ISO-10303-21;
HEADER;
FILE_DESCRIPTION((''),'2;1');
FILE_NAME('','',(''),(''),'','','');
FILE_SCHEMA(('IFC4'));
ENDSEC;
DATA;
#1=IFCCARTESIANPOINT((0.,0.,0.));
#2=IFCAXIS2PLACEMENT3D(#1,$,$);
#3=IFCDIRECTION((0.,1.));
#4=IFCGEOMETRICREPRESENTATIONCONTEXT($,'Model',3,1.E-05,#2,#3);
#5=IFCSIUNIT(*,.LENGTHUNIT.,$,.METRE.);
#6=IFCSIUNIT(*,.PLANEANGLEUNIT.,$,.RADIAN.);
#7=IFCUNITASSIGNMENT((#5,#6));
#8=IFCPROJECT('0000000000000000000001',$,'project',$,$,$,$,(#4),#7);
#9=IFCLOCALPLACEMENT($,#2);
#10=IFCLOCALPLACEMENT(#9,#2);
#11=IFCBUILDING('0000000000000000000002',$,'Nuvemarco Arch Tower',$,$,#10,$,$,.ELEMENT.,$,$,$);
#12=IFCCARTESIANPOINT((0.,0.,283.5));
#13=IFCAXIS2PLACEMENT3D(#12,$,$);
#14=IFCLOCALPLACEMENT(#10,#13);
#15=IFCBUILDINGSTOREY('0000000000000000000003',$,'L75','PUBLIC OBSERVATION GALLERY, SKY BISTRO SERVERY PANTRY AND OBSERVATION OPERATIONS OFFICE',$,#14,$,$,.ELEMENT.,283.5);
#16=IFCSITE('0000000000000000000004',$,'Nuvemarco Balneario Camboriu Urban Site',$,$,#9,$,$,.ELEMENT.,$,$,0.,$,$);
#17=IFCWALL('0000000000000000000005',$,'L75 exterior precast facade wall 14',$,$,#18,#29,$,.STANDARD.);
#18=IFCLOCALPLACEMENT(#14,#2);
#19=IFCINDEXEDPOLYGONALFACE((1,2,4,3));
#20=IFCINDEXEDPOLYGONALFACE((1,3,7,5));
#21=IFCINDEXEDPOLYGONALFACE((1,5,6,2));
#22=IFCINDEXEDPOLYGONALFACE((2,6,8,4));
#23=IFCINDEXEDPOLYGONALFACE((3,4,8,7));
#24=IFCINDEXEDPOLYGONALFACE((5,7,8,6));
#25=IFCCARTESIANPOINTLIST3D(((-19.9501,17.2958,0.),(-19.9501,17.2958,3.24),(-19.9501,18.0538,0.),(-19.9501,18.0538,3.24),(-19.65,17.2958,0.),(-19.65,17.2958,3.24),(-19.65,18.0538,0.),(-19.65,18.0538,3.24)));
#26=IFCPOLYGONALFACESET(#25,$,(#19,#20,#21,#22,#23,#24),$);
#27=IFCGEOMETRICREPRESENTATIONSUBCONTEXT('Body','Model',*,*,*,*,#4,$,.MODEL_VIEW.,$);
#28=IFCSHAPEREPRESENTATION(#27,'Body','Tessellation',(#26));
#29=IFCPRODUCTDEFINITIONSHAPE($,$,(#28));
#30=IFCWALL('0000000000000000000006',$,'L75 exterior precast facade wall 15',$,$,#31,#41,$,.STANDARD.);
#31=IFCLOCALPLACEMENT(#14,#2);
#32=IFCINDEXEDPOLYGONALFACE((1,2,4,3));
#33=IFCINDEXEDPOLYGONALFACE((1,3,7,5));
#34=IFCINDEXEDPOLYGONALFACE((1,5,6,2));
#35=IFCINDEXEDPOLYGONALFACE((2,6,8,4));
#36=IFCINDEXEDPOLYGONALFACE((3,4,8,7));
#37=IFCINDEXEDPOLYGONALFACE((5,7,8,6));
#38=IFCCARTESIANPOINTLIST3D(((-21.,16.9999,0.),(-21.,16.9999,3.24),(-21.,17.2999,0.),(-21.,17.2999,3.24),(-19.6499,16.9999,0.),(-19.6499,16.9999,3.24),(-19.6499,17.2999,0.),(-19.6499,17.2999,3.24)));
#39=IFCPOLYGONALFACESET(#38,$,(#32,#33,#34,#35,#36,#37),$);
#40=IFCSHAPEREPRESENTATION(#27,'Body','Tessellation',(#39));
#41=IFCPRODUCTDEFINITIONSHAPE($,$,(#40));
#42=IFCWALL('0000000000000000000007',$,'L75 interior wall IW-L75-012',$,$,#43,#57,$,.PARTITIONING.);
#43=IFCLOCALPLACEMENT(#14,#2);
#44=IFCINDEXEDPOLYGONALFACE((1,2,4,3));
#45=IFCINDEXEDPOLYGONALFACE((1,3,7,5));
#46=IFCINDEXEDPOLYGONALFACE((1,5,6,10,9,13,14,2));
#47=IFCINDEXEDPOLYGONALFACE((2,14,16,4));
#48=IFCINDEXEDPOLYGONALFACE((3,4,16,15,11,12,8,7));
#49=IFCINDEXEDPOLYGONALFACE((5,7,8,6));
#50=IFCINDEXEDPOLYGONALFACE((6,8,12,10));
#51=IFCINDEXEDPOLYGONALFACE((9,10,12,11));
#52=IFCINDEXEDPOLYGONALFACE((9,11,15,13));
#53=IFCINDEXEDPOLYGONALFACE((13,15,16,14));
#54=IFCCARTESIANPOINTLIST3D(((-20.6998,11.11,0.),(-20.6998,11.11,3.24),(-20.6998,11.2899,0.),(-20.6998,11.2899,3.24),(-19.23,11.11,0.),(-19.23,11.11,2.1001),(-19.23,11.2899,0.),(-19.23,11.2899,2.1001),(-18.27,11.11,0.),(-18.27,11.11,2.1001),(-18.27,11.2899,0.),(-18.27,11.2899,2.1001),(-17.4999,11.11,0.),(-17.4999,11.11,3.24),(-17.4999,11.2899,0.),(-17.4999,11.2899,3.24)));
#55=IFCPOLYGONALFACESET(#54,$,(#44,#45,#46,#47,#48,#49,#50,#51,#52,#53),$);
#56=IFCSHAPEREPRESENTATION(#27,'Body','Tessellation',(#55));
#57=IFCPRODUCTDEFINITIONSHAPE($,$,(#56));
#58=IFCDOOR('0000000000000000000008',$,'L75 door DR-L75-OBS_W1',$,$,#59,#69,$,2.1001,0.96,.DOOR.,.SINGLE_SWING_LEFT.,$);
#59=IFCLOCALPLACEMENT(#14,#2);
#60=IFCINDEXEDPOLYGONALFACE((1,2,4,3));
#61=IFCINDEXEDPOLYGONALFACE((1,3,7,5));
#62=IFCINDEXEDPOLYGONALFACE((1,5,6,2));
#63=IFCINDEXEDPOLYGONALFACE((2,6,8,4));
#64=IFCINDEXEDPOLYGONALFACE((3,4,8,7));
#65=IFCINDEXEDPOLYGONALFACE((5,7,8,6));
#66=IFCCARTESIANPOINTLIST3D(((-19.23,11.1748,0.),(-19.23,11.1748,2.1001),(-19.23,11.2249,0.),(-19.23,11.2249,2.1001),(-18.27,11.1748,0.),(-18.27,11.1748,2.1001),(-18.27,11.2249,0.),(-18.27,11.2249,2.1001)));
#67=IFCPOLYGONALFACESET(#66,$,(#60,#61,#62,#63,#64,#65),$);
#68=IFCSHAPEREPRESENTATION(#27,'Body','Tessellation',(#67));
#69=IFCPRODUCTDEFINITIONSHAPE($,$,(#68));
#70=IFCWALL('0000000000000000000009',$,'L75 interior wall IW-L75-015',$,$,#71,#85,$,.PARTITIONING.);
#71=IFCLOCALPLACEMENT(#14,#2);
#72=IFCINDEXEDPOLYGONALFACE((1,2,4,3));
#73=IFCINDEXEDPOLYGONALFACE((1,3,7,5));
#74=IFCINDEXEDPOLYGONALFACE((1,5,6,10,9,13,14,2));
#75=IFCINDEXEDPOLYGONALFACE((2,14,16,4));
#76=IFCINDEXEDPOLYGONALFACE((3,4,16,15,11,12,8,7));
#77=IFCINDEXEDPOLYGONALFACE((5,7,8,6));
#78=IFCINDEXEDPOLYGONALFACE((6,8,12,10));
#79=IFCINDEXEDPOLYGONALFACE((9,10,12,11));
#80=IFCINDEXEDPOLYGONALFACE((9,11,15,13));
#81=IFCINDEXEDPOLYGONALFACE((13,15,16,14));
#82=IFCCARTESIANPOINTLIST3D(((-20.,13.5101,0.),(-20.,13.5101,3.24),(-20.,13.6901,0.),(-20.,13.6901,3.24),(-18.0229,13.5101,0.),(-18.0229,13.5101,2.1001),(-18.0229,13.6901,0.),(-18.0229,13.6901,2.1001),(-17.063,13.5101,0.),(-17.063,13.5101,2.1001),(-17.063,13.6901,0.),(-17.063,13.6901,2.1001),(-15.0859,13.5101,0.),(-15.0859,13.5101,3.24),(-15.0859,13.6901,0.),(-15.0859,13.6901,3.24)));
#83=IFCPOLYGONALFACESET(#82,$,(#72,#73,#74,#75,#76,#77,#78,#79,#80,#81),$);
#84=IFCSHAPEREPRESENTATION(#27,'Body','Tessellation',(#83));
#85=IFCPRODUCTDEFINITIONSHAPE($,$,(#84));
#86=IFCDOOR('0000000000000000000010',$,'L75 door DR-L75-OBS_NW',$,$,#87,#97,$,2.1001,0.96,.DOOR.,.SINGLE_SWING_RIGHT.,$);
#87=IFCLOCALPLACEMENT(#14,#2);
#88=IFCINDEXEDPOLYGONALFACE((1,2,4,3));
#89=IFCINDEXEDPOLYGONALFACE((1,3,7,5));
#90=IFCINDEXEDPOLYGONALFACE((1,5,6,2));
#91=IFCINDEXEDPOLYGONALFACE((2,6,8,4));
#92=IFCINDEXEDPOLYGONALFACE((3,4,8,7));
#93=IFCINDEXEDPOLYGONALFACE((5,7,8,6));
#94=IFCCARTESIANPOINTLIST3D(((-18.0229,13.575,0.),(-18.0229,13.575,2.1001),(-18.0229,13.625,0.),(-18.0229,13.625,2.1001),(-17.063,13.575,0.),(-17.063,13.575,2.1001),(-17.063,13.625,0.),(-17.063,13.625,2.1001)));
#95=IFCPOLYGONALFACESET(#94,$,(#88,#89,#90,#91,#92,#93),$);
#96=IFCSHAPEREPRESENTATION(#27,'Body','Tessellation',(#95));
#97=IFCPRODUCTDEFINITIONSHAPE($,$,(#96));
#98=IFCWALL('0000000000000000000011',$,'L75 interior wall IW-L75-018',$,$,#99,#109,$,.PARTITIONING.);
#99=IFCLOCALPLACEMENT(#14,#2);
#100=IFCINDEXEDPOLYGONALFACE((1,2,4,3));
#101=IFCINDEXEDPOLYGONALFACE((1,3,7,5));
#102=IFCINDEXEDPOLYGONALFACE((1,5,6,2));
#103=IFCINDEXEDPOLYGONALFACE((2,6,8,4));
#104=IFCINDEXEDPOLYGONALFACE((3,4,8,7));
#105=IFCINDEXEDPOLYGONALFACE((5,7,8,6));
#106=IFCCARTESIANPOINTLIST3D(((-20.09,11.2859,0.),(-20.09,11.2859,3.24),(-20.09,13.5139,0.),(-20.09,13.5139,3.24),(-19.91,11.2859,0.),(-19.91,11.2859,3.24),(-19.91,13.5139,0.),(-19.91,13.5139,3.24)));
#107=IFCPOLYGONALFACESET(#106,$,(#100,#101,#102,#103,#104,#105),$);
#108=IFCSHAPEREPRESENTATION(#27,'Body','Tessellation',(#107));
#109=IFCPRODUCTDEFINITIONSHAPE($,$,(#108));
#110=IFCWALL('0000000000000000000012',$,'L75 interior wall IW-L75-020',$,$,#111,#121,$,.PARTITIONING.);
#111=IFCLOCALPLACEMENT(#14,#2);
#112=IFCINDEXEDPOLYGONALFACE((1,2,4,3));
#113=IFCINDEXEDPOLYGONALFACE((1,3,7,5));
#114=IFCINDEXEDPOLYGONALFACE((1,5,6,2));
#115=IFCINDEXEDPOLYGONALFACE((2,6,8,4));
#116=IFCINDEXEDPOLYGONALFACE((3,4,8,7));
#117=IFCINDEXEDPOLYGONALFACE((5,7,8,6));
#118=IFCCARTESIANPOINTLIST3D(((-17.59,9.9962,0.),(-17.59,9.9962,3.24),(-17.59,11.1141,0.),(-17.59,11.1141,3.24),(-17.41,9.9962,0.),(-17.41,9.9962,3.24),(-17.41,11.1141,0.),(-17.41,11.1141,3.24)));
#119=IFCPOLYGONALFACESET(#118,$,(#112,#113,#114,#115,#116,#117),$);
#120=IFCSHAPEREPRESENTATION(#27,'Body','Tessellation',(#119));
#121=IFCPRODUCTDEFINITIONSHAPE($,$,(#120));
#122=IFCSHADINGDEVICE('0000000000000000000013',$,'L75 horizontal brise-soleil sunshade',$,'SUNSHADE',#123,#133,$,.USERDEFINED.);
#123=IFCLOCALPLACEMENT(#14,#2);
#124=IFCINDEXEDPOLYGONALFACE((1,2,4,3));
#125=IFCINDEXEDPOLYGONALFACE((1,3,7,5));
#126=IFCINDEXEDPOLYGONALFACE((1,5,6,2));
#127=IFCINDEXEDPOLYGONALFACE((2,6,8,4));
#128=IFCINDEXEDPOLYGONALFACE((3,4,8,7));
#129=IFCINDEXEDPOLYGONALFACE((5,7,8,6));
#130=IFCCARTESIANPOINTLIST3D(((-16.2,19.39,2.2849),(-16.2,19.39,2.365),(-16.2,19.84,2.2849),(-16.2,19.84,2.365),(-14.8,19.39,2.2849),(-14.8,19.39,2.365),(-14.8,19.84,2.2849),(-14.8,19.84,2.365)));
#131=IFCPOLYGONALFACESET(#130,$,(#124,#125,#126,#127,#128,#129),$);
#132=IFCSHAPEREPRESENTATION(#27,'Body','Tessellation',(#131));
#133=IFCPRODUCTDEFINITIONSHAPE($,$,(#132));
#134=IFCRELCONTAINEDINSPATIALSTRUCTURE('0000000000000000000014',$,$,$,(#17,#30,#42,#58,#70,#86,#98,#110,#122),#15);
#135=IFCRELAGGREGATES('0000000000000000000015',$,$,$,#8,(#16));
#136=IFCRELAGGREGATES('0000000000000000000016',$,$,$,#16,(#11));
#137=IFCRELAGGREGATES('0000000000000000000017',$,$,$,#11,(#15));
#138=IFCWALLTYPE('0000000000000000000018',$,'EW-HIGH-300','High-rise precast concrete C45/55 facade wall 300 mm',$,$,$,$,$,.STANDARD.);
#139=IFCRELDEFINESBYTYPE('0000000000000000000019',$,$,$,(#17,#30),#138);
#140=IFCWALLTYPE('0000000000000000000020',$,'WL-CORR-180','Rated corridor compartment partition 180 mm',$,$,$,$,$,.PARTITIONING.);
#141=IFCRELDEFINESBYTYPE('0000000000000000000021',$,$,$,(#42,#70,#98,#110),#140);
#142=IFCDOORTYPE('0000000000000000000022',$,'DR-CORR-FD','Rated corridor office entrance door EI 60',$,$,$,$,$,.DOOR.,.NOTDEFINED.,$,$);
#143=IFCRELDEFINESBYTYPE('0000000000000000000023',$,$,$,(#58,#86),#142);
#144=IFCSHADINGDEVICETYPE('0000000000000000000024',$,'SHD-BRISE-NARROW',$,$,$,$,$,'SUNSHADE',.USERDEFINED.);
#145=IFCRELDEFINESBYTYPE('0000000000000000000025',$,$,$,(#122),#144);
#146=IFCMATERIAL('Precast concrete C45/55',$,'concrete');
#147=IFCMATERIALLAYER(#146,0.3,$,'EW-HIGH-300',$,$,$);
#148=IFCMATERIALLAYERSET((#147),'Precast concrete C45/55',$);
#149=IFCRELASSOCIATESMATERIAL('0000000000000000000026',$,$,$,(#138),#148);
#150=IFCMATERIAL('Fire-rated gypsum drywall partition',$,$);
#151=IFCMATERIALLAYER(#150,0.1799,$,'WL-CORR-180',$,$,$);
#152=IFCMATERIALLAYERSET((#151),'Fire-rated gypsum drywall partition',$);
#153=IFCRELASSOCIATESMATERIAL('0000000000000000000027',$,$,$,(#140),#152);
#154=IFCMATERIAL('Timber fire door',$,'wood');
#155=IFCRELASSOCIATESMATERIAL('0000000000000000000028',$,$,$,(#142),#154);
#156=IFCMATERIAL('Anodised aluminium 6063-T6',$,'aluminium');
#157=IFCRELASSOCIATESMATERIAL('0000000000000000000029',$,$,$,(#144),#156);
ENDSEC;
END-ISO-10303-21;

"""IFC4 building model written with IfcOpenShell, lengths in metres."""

from ifc_helpers import new_model, si_unit, direction, frame, frame_2d, origin, origin_2d, place, context, subcontext, project, spatial, rectangle, extrude, source, transform, mapped, material, layer, layer_set, type_object, type_shapes, element, fill, save


model = new_model("IFC4")

# Units and contexts
model_context = context("Model", 3, precision=1e-05, world=origin(), true_north=direction((0.0, 1.0)))
body_context = subcontext(model_context, "Body", "Model", "MODEL_VIEW")
ifc_project = project(units=[si_unit("LENGTHUNIT", "METRE"), si_unit("PLANEANGLEUNIT", "RADIAN")], contexts=[model_context])

# Site, building, storey
site_placement = place(None, origin())
site = spatial("IfcSite", under=ifc_project, at=site_placement, Name="Nuvemarco Balneario Camboriu Urban Site", CompositionType="ELEMENT", RefElevation=0.0)
building_placement = place(site_placement, origin())
building = spatial("IfcBuilding", under=site, at=building_placement, Name="Nuvemarco Arch Tower", CompositionType="ELEMENT")
storey_placement = place(building_placement, frame((0.0, 0.0, 283.5)))
storey = spatial("IfcBuildingStorey", under=building, at=storey_placement, Name="L75", Description="PUBLIC OBSERVATION GALLERY, SKY BISTRO SERVERY PANTRY AND OBSERVATION OPERATIONS OFFICE", CompositionType="ELEMENT", Elevation=283.5)

# Shared definitions
ifc_material_1 = material(Name="Precast concrete C45/55", Category="concrete")
ifc_layer_1 = layer(ifc_material_1, 0.3, Name="EW-HIGH-300")
ifc_layer_set_1 = layer_set([ifc_layer_1], Name="Precast concrete C45/55")
wall_type_1 = type_object("IfcWallType", Name="EW-HIGH-300", Description="High-rise precast concrete C45/55 facade wall 300 mm", PredefinedType="STANDARD", material=ifc_layer_set_1)

# Walls
wall_1_placement = place(storey_placement, frame((-19.8, 17.2959, 0.0), z_axis=(0.0, 0.0, 1.0), x_axis=(0.0, 1.0, 0.0)))
element("IfcWall", 1, at=wall_1_placement, inside=storey, type_object=wall_type_1, Name="L75 exterior precast facade wall 14", PredefinedType="STANDARD", context=body_context, shape_type="SweptSolid", body=[
    extrude(rectangle(XDim=0.7581, YDim=0.3, at=frame_2d((0.3789, 0.0))), origin(), (0.0, 0.0, 1.0), 3.24),
])
wall_2_placement = place(storey_placement, frame((-21.0, 17.1499, 0.0), z_axis=(0.0, 0.0, 1.0), x_axis=(1.0, 0.0, 0.0)))
element("IfcWall", 2, at=wall_2_placement, inside=storey, type_object=wall_type_1, Name="L75 exterior precast facade wall 15", PredefinedType="STANDARD", context=body_context, shape_type="SweptSolid", body=[
    extrude(rectangle(XDim=1.3501, YDim=0.3, at=frame_2d((0.675, 0.0))), origin(), (0.0, 0.0, 1.0), 3.24),
])

# Walls, openings, doors
ifc_material_2 = material(Name="Fire-rated gypsum drywall partition")
ifc_layer_2 = layer(ifc_material_2, 0.1799, Name="WL-CORR-180")
ifc_layer_set_2 = layer_set([ifc_layer_2], Name="Fire-rated gypsum drywall partition")
wall_type_2 = type_object("IfcWallType", Name="WL-CORR-180", Description="Rated corridor compartment partition 180 mm", PredefinedType="PARTITIONING", material=ifc_layer_set_2)
wall_3_placement = place(storey_placement, frame((-20.7, 11.2, 0.0), z_axis=(0.0, 0.0, 1.0), x_axis=(1.0, 0.0, 0.0)))
wall_3 = element("IfcWall", 3, at=wall_3_placement, inside=storey, type_object=wall_type_2, Name="L75 interior wall IW-L75-012", PredefinedType="PARTITIONING", context=body_context, shape_type="SweptSolid", body=[
    extrude(rectangle(XDim=3.2, YDim=0.1799, at=frame_2d((1.6001, 0.0))), origin(), (0.0, 0.0, 1.0), 3.24),
])
opening_1_placement = place(wall_3_placement, frame((1.47, 0.0, 0.0)))
opening_1 = element("IfcOpeningElement", 4, at=opening_1_placement, cuts=wall_3, PredefinedType="OPENING", context=body_context, shape_type="SweptSolid", body=[
    extrude(rectangle(XDim=0.96, YDim=2.1001, at=frame_2d((0.48, 1.05))), frame((0.0, 0.0999, 0.0), z_axis=(0.0, -1.0, 0.0), x_axis=(1.0, 0.0, 0.0)), (0.0, 0.0, 1.0), 0.2),
])
ifc_material_3 = material(Name="Timber fire door", Category="wood")
door_type_1 = type_object("IfcDoorType", Name="DR-CORR-FD", Description="Rated corridor office entrance door EI 60", OperationType="NOTDEFINED", PredefinedType="DOOR", material=ifc_material_3)
shared_shape_1 = source(origin(), body_context, "Body", "SweptSolid", [
    extrude(rectangle(XDim=0.96, YDim=2.1001, at=frame_2d((0.48, 1.05))), frame((0.0, 0.0249, 0.0), z_axis=(0.0, -1.0, 0.0), x_axis=(1.0, 0.0, 0.0)), (0.0, 0.0, 1.0), 0.05),
])
type_shapes(door_type_1, [shared_shape_1])
door_1_placement = place(opening_1_placement, origin())
door_1 = element("IfcDoor", 5, at=door_1_placement, inside=storey, type_object=door_type_1, Name="L75 door DR-L75-OBS_W1", OperationType="SINGLE_SWING_LEFT", OverallHeight=2.1001, OverallWidth=0.96, PredefinedType="DOOR", context=body_context, shape_type="MappedRepresentation", body=[
    mapped(shared_shape_1, transform((0.0, 0.0, 0.0), scale=1.0)),
])
fill(opening_1, door_1)
wall_4_placement = place(storey_placement, frame((-20.0, 13.6001, 0.0), z_axis=(0.0, 0.0, 1.0), x_axis=(1.0, 0.0, 0.0)))
wall_4 = element("IfcWall", 6, at=wall_4_placement, inside=storey, type_object=wall_type_2, Name="L75 interior wall IW-L75-015", PredefinedType="PARTITIONING", context=body_context, shape_type="SweptSolid", body=[
    extrude(rectangle(XDim=4.9141, YDim=0.1799, at=frame_2d((2.457, 0.0))), origin(), (0.0, 0.0, 1.0), 3.24),
])
opening_2_placement = place(wall_4_placement, frame((1.9771, 0.0, 0.0)))
opening_2 = element("IfcOpeningElement", 7, at=opening_2_placement, cuts=wall_4, PredefinedType="OPENING", context=body_context, shape_type="SweptSolid", body=[
    extrude(rectangle(XDim=0.96, YDim=2.1001, at=frame_2d((0.48, 1.05))), frame((0.0, 0.0999, 0.0), z_axis=(0.0, -1.0, 0.0), x_axis=(1.0, 0.0, 0.0)), (0.0, 0.0, 1.0), 0.2),
])
door_2_placement = place(opening_2_placement, origin())
door_2 = element("IfcDoor", 8, at=door_2_placement, inside=storey, type_object=door_type_1, Name="L75 door DR-L75-OBS_NW", OperationType="SINGLE_SWING_RIGHT", OverallHeight=2.1001, OverallWidth=0.96, PredefinedType="DOOR", context=body_context, shape_type="MappedRepresentation", body=[
    mapped(shared_shape_1, transform((0.0, 0.0, 0.0), scale=1.0)),
])
fill(opening_2, door_2)

# Walls
wall_5_placement = place(storey_placement, frame((-20.0, 11.2859, 0.0), z_axis=(0.0, 0.0, 1.0), x_axis=(0.0, 1.0, 0.0)))
element("IfcWall", 9, at=wall_5_placement, inside=storey, type_object=wall_type_2, Name="L75 interior wall IW-L75-018", PredefinedType="PARTITIONING", context=body_context, shape_type="SweptSolid", body=[
    extrude(rectangle(XDim=2.228, YDim=0.1799, at=frame_2d((1.114, 0.0))), origin(), (0.0, 0.0, 1.0), 3.24),
])
wall_6_placement = place(storey_placement, frame((-17.5, 9.9961, 0.0), z_axis=(0.0, 0.0, 1.0), x_axis=(0.0, 1.0, 0.0)))
element("IfcWall", 10, at=wall_6_placement, inside=storey, type_object=wall_type_2, Name="L75 interior wall IW-L75-020", PredefinedType="PARTITIONING", context=body_context, shape_type="SweptSolid", body=[
    extrude(rectangle(XDim=1.1179, YDim=0.1799, at=frame_2d((0.5591, 0.0))), origin(), (0.0, 0.0, 1.0), 3.24),
])

# Shading device
ifc_material_4 = material(Name="Anodised aluminium 6063-T6", Category="aluminium")
shading_device_type = type_object("IfcShadingDeviceType", Name="SHD-BRISE-NARROW", ElementType="SUNSHADE", PredefinedType="USERDEFINED", material=ifc_material_4)
shared_shape_2 = source(origin(), body_context, "Body", "SweptSolid", [
    extrude(rectangle(XDim=1.3999, YDim=0.45, at=origin_2d()), origin(), (0.0, 0.0, 1.0), 0.0801),
])
type_shapes(shading_device_type, [shared_shape_2])
shading_device_placement = place(storey_placement, frame((-15.5, 19.615, 2.2849), z_axis=(0.0, 0.0, 1.0), x_axis=(1.0, 0.0, 0.0)))
element("IfcShadingDevice", 11, at=shading_device_placement, inside=storey, type_object=shading_device_type, Name="L75 horizontal brise-soleil sunshade", ObjectType="SUNSHADE", PredefinedType="USERDEFINED", context=body_context, shape_type="MappedRepresentation", body=[
    mapped(shared_shape_2, transform((0.0, 0.0, 0.0), scale=1.0)),
])

save(model, "model.ifc")
